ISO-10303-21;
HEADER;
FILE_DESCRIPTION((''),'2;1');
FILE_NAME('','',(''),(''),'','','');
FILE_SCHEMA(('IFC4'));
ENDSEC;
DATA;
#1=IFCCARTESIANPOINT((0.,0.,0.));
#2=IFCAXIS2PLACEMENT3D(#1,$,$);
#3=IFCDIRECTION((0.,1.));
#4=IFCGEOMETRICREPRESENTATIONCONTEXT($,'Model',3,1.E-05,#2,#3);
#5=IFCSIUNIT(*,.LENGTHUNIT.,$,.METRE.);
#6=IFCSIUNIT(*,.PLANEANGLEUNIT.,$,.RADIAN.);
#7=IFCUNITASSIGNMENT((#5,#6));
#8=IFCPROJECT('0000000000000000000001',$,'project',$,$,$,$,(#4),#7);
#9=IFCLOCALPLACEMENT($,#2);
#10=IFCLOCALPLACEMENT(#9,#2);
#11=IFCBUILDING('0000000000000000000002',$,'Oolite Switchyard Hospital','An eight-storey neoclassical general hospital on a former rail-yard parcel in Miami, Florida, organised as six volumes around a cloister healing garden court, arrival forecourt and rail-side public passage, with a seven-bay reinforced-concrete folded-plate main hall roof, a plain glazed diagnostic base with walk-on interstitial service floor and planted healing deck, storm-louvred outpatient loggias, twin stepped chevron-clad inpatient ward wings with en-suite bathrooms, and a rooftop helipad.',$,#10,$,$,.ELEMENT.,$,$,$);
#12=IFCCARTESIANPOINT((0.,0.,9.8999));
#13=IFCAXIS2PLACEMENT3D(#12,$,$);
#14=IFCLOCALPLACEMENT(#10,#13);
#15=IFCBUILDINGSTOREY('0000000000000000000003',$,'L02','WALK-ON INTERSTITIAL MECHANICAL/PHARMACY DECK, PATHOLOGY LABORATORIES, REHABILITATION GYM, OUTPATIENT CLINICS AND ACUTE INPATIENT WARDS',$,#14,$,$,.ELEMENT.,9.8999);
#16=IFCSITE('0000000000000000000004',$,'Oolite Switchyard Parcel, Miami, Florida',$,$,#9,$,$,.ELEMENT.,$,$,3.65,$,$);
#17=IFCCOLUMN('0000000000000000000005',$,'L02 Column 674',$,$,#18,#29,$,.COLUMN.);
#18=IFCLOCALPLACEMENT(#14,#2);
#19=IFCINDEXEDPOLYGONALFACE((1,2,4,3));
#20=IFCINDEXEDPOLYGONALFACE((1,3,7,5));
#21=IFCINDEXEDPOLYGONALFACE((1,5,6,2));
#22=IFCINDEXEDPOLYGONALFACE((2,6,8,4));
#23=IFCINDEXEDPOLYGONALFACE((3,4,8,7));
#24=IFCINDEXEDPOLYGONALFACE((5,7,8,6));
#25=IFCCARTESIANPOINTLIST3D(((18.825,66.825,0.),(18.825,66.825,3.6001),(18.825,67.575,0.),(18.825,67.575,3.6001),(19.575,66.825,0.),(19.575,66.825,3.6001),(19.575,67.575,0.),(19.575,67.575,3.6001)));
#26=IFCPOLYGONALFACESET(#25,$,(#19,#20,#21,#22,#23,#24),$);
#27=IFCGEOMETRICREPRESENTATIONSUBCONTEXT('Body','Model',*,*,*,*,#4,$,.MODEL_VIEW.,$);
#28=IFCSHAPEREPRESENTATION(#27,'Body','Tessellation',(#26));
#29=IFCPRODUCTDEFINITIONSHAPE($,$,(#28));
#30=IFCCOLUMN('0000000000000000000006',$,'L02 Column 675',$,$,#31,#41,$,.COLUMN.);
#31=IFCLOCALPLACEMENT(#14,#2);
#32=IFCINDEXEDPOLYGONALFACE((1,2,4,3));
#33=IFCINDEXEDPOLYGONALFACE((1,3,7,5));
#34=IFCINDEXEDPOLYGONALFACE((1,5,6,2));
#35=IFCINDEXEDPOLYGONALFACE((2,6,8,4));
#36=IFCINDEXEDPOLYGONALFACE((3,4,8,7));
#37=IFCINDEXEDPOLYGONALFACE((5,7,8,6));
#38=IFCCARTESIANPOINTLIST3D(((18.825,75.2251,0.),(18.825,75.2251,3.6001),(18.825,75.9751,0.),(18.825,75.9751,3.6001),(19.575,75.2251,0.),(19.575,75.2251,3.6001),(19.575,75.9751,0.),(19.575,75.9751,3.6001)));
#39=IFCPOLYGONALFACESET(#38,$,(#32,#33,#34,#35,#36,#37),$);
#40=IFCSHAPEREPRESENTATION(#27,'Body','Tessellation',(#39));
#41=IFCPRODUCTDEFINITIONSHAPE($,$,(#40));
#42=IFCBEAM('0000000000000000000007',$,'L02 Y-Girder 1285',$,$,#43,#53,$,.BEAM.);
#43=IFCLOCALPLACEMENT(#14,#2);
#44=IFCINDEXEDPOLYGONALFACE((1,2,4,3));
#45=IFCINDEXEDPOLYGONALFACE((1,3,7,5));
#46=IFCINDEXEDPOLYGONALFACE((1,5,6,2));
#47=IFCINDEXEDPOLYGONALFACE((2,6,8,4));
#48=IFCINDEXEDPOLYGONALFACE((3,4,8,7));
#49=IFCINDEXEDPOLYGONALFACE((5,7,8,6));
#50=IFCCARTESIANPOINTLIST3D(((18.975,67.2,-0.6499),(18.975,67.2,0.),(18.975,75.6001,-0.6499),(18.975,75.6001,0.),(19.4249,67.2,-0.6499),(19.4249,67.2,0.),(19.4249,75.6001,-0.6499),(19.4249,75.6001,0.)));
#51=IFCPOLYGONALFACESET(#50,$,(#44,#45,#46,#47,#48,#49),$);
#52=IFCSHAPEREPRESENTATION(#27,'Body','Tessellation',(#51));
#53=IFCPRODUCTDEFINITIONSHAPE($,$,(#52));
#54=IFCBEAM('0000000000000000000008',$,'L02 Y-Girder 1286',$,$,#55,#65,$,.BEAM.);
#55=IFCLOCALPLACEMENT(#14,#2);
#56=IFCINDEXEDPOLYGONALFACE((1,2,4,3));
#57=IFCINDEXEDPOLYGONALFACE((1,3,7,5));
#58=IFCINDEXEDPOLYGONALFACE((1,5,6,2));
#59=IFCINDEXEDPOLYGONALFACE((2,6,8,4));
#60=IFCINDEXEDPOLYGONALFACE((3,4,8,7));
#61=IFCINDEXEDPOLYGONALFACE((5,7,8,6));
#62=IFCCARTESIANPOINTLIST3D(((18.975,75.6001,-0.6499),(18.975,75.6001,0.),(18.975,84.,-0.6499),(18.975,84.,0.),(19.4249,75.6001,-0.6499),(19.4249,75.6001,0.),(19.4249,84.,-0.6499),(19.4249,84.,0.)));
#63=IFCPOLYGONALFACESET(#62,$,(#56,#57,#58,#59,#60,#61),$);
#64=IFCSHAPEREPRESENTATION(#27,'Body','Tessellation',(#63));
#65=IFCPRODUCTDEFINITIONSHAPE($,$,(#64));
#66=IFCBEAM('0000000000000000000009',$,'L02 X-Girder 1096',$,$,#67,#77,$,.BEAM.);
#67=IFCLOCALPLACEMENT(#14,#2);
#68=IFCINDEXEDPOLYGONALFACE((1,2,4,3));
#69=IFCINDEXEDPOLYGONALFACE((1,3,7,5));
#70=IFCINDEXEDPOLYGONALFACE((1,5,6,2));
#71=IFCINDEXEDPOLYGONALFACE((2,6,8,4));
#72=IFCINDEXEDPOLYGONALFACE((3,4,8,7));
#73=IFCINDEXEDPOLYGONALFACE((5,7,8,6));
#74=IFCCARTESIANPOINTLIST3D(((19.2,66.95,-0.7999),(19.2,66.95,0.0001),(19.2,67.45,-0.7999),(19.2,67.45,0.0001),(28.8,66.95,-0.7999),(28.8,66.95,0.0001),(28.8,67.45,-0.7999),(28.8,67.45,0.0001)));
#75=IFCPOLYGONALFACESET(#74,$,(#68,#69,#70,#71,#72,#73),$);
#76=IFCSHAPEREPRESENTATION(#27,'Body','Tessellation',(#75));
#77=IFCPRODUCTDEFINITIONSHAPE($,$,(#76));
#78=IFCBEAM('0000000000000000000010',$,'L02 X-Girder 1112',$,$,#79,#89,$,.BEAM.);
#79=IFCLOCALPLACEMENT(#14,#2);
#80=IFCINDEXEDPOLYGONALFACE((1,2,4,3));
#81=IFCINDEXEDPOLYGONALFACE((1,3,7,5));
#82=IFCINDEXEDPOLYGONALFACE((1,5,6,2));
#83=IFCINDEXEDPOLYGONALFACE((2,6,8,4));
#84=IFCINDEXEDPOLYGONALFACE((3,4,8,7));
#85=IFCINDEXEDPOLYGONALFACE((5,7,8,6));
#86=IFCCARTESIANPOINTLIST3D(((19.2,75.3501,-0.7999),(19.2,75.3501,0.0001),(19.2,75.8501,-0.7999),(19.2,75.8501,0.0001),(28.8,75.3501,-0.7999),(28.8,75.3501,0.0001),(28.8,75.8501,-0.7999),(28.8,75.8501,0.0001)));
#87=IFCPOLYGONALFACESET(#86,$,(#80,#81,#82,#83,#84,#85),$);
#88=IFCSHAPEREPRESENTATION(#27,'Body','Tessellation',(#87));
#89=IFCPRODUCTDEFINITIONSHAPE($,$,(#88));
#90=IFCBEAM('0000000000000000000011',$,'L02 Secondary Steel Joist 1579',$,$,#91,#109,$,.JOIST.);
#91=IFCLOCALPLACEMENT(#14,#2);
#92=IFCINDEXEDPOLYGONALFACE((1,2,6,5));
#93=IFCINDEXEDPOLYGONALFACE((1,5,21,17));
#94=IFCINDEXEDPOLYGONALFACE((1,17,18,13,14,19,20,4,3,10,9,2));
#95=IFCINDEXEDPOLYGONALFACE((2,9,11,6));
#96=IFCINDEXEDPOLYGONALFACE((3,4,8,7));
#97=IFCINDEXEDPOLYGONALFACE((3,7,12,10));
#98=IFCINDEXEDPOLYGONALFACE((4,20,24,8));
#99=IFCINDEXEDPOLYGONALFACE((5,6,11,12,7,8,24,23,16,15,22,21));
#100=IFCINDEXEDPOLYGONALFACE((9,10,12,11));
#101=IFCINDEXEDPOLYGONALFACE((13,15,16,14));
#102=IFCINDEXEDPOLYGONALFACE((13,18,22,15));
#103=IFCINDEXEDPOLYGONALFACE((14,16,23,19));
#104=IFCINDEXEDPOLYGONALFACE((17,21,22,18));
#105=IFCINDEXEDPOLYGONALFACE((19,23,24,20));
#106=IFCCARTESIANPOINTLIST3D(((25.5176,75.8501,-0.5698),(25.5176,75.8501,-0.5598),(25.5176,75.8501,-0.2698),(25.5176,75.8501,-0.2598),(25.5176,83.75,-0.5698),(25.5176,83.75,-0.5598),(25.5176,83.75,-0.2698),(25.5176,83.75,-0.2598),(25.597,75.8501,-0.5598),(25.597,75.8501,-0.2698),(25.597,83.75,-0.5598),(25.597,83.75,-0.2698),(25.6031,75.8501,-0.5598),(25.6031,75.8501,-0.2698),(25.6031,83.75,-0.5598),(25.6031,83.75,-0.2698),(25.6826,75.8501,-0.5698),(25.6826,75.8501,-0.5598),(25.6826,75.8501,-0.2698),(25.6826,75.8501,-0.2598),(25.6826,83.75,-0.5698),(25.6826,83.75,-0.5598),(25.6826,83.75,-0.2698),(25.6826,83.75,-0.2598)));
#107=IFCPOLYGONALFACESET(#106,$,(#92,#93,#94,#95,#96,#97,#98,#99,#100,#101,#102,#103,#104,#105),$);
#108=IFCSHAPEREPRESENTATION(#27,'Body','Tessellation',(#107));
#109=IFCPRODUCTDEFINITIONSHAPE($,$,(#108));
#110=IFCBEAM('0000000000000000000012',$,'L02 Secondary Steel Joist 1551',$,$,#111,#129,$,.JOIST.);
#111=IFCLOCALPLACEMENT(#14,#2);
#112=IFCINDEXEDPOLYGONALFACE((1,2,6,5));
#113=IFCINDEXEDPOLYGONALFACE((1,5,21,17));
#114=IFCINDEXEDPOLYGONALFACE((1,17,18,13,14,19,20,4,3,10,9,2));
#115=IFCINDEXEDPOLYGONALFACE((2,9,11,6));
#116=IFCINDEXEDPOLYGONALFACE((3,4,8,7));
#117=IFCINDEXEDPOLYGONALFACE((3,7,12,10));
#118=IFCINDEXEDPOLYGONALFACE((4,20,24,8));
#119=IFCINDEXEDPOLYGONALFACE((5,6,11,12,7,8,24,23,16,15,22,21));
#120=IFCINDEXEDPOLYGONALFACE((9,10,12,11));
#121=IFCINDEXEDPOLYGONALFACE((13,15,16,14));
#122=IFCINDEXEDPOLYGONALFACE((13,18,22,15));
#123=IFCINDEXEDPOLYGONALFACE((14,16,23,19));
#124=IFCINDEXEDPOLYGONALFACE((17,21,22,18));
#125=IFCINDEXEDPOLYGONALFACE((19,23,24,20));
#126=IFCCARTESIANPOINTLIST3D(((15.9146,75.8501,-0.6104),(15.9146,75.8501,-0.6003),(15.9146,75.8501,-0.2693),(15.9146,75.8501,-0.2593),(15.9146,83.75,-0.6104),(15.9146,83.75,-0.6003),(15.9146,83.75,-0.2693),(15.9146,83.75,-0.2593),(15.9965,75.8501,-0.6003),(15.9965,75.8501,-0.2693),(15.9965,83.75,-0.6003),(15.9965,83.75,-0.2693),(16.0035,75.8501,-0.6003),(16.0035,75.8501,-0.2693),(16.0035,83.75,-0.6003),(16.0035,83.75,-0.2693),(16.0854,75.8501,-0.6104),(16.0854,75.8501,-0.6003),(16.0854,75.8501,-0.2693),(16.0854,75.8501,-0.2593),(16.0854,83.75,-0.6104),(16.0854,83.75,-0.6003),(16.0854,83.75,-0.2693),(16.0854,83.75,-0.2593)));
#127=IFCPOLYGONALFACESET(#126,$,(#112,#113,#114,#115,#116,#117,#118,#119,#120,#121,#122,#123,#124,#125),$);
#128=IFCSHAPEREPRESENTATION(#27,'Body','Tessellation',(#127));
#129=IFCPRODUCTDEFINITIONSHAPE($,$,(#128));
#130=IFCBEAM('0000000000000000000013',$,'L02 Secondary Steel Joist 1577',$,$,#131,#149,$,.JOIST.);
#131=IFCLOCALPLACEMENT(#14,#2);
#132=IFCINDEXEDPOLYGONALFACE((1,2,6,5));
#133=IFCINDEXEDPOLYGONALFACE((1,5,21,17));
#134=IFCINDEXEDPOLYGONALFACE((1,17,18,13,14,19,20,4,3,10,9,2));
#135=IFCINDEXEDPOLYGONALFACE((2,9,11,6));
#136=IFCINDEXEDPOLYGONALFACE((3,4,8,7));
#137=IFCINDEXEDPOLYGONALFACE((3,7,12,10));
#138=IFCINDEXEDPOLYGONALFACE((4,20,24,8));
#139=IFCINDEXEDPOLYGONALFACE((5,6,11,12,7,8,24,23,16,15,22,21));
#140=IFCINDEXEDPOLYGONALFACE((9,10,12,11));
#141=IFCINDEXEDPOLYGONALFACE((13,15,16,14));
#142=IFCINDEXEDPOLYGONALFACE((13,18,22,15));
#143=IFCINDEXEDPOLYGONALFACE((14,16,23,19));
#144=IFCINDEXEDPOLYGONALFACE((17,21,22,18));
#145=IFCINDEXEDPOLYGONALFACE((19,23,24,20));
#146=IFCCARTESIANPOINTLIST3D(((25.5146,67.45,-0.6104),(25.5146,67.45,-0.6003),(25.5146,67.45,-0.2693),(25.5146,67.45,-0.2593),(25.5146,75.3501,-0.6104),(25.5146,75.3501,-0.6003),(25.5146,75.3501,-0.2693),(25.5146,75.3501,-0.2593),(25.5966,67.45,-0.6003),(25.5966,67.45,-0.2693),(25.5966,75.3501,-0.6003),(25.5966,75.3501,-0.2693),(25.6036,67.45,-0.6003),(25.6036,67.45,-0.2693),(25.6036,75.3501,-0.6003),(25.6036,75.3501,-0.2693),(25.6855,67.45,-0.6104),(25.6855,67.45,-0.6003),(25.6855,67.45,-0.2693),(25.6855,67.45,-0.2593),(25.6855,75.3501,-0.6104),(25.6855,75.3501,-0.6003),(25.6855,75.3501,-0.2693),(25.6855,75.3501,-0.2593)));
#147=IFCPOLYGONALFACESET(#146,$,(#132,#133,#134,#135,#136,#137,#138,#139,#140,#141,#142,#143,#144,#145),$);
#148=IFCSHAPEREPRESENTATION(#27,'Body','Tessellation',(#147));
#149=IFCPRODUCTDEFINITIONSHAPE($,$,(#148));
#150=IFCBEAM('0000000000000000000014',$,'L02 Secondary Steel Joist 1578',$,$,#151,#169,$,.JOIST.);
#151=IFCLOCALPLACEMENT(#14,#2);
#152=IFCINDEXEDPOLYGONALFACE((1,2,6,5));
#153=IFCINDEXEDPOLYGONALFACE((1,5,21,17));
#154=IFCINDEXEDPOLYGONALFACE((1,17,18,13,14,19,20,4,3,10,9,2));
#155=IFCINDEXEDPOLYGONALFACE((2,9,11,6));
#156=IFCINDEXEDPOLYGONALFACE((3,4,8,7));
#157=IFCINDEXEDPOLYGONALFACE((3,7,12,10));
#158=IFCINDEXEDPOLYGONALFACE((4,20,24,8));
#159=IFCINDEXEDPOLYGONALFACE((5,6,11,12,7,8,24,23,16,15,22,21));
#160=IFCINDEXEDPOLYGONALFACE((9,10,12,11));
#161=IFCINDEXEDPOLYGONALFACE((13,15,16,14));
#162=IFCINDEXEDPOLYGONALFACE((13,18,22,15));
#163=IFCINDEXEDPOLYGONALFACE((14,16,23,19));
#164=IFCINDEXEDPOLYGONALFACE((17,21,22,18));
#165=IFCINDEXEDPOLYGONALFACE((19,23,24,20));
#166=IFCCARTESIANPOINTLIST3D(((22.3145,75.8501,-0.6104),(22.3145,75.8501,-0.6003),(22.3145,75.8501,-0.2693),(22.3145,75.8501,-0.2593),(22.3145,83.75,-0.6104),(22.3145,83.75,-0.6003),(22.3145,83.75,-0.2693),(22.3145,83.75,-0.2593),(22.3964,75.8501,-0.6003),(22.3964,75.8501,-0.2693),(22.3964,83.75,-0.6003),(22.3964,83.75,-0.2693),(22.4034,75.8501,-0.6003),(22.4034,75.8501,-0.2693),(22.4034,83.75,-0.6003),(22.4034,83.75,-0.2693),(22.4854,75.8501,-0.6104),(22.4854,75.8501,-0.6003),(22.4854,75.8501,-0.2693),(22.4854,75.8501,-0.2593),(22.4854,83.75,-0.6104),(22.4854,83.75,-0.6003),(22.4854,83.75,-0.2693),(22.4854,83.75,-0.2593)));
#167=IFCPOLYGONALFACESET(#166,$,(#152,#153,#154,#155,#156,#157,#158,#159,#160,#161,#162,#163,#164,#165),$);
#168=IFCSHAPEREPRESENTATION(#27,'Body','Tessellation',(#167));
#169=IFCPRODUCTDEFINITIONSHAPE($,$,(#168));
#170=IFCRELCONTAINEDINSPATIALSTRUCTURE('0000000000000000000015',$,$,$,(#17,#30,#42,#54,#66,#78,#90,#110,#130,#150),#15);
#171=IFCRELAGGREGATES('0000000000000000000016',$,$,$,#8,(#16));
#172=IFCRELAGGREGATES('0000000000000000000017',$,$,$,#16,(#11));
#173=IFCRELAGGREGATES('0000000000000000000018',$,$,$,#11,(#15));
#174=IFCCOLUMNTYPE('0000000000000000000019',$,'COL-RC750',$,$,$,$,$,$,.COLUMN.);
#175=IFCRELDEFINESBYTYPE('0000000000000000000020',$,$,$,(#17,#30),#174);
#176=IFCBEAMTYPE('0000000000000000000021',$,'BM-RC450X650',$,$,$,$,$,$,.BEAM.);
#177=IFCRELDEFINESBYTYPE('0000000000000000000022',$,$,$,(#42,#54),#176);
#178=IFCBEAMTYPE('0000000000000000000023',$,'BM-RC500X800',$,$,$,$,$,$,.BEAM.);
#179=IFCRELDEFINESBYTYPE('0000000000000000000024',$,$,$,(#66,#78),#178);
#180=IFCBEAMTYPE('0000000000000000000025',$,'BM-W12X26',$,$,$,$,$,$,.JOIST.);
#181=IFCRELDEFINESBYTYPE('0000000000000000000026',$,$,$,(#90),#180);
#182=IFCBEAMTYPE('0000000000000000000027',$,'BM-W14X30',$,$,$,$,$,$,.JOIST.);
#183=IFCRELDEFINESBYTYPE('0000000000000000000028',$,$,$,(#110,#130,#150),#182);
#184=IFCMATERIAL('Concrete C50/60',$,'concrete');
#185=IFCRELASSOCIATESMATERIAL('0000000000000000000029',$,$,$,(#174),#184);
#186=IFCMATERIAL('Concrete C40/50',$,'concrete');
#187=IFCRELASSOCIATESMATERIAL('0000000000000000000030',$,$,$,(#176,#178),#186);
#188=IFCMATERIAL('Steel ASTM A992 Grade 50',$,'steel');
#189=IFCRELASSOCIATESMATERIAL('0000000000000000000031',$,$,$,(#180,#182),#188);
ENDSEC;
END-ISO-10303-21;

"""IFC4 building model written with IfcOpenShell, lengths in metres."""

from ifc_helpers import new_model, si_unit, direction, frame, origin, origin_2d, place, context, subcontext, project, spatial, rectangle, i_section, extrude, material, material_profile, profile_set, type_object, element, save


model = new_model("IFC4")

# Units and contexts
model_context = context("Model", 3, precision=1e-05, world=origin(), true_north=direction((0.0, 1.0)))
body_context = subcontext(model_context, "Body", "Model", "MODEL_VIEW")
ifc_project = project(units=[si_unit("LENGTHUNIT", "METRE"), si_unit("PLANEANGLEUNIT", "RADIAN")], contexts=[model_context])

# Site, building, storey
site_placement = place(None, origin())
site = spatial("IfcSite", under=ifc_project, at=site_placement, Name="Oolite Switchyard Parcel, Miami, Florida", CompositionType="ELEMENT", RefElevation=3.65)
building_placement = place(site_placement, origin())
building = spatial("IfcBuilding", under=site, at=building_placement, Name="Oolite Switchyard Hospital", Description="An eight-storey neoclassical general hospital on a former rail-yard parcel in Miami, Florida, organised as six volumes around a cloister healing garden court, arrival forecourt and rail-side public passage, with a seven-bay reinforced-concrete folded-plate main hall roof, a plain glazed diagnostic base with walk-on interstitial service floor and planted healing deck, storm-louvred outpatient loggias, twin stepped chevron-clad inpatient ward wings with en-suite bathrooms, and a rooftop helipad.", CompositionType="ELEMENT")
storey_placement = place(building_placement, frame((0.0, 0.0, 9.8999)))
storey = spatial("IfcBuildingStorey", under=building, at=storey_placement, Name="L02", Description="WALK-ON INTERSTITIAL MECHANICAL/PHARMACY DECK, PATHOLOGY LABORATORIES, REHABILITATION GYM, OUTPATIENT CLINICS AND ACUTE INPATIENT WARDS", CompositionType="ELEMENT", Elevation=9.8999)

# Columns
ifc_material_1 = material(Name="Concrete C50/60", Category="concrete")
ifc_material_profile_1 = material_profile(ifc_material_1, rectangle(XDim=0.75, YDim=0.75, at=origin_2d()), Name="RC750X750")
ifc_profile_set_1 = profile_set([ifc_material_profile_1], Name="Concrete C50/60")
column_type = type_object("IfcColumnType", Name="COL-RC750", PredefinedType="COLUMN", material=ifc_profile_set_1)
for number, where, z_axis, x_axis, name in (
    (1, (19.2, 67.2, 0.0), (0.0, 0.0, 1.0), (1.0, 0.0, 0.0), "L02 Column 674"),
    (2, (19.2, 75.6001, 0.0), (0.0, 0.0, 1.0), (1.0, 0.0, 0.0), "L02 Column 675"),
):
    element("IfcColumn", number, at=place(storey_placement, frame(where, z_axis=z_axis, x_axis=x_axis)), inside=storey, type_object=column_type, Name=name, PredefinedType="COLUMN", context=body_context, shape_type="SweptSolid", body=[
        extrude(rectangle(XDim=0.75, YDim=0.75, at=origin_2d()), origin(), (0.0, 0.0, 1.0), 3.6001),
    ])

# Beams
ifc_material_2 = material(Name="Concrete C40/50", Category="concrete")
ifc_material_profile_2 = material_profile(ifc_material_2, rectangle(XDim=0.45, YDim=0.6499, at=origin_2d()), Name="RCB450X650")
ifc_profile_set_2 = profile_set([ifc_material_profile_2], Name="Concrete C40/50")
beam_type_1 = type_object("IfcBeamType", Name="BM-RC450X650", PredefinedType="BEAM", material=ifc_profile_set_2)
beam_1_placement = place(storey_placement, frame((19.2, 67.2, -0.325), z_axis=(0.0, 1.0, 0.0), x_axis=(-1.0, 0.0, 0.0)))
element("IfcBeam", 3, at=beam_1_placement, inside=storey, type_object=beam_type_1, Name="L02 Y-Girder 1285", PredefinedType="BEAM", context=body_context, shape_type="SweptSolid", body=[
    extrude(rectangle(XDim=0.45, YDim=0.6499, at=origin_2d()), origin(), (0.0, 0.0, 1.0), 8.4001),
])
beam_2_placement = place(storey_placement, frame((19.2, 75.6001, -0.325), z_axis=(0.0, 1.0, 0.0), x_axis=(-1.0, 0.0, 0.0)))
element("IfcBeam", 4, at=beam_2_placement, inside=storey, type_object=beam_type_1, Name="L02 Y-Girder 1286", PredefinedType="BEAM", context=body_context, shape_type="SweptSolid", body=[
    extrude(rectangle(XDim=0.45, YDim=0.6499, at=origin_2d()), origin(), (0.0, 0.0, 1.0), 8.3999),
])
ifc_material_profile_3 = material_profile(ifc_material_2, rectangle(XDim=0.5, YDim=0.8, at=origin_2d()), Name="RCB500X800")
ifc_profile_set_3 = profile_set([ifc_material_profile_3], Name="Concrete C40/50")
beam_type_2 = type_object("IfcBeamType", Name="BM-RC500X800", PredefinedType="BEAM", material=ifc_profile_set_3)
for number, where, z_axis, x_axis, name in (
    (5, (19.2, 67.2, -0.3999), (1.0, 0.0, 0.0), (0.0, 1.0, 0.0), "L02 X-Girder 1096"),
    (6, (19.2, 75.6001, -0.3999), (1.0, 0.0, 0.0), (0.0, 1.0, 0.0), "L02 X-Girder 1112"),
):
    element("IfcBeam", number, at=place(storey_placement, frame(where, z_axis=z_axis, x_axis=x_axis)), inside=storey, type_object=beam_type_2, Name=name, PredefinedType="BEAM", context=body_context, shape_type="SweptSolid", body=[
        extrude(rectangle(XDim=0.5, YDim=0.8, at=origin_2d()), origin(), (0.0, 0.0, 1.0), 9.6001),
    ])
ifc_material_3 = material(Name="Steel ASTM A992 Grade 50", Category="steel")
ifc_material_profile_4 = material_profile(ifc_material_3, i_section(OverallWidth=0.165, OverallDepth=0.3101, WebThickness=0.0061, FlangeThickness=0.01, at=origin_2d()), Name="W12X26")
ifc_profile_set_4 = profile_set([ifc_material_profile_4], Name="Steel ASTM A992 Grade 50")
beam_type_3 = type_object("IfcBeamType", Name="BM-W12X26", PredefinedType="JOIST", material=ifc_profile_set_4)
beam_3_placement = place(storey_placement, frame((25.6001, 75.8501, -0.4148), z_axis=(0.0, 1.0, 0.0), x_axis=(-1.0, 0.0, 0.0)))
element("IfcBeam", 7, at=beam_3_placement, inside=storey, type_object=beam_type_3, Name="L02 Secondary Steel Joist 1579", PredefinedType="JOIST", context=body_context, shape_type="SweptSolid", body=[
    extrude(i_section(OverallWidth=0.165, OverallDepth=0.3101, WebThickness=0.0061, FlangeThickness=0.01, at=origin_2d()), origin(), (0.0, 0.0, 1.0), 7.8999),
])
ifc_material_profile_5 = material_profile(ifc_material_3, i_section(OverallWidth=0.1709, OverallDepth=0.3511, WebThickness=0.0071, FlangeThickness=0.01, at=origin_2d()), Name="W14X30")
ifc_profile_set_5 = profile_set([ifc_material_profile_5], Name="Steel ASTM A992 Grade 50")
beam_type_4 = type_object("IfcBeamType", Name="BM-W14X30", PredefinedType="JOIST", material=ifc_profile_set_5)
beam_4_placement = place(storey_placement, frame((16.0, 75.8501, -0.4348), z_axis=(0.0, 1.0, 0.0), x_axis=(-1.0, 0.0, 0.0)))
element("IfcBeam", 8, at=beam_4_placement, inside=storey, type_object=beam_type_4, Name="L02 Secondary Steel Joist 1551", PredefinedType="JOIST", context=body_context, shape_type="SweptSolid", body=[
    extrude(i_section(OverallWidth=0.1709, OverallDepth=0.3511, WebThickness=0.0071, FlangeThickness=0.01, at=origin_2d()), origin(), (0.0, 0.0, 1.0), 7.8999),
])
beam_5_placement = place(storey_placement, frame((25.6001, 67.45, -0.4348), z_axis=(0.0, 1.0, 0.0), x_axis=(-1.0, 0.0, 0.0)))
element("IfcBeam", 9, at=beam_5_placement, inside=storey, type_object=beam_type_4, Name="L02 Secondary Steel Joist 1577", PredefinedType="JOIST", context=body_context, shape_type="SweptSolid", body=[
    extrude(i_section(OverallWidth=0.1709, OverallDepth=0.3511, WebThickness=0.0071, FlangeThickness=0.01, at=origin_2d()), origin(), (0.0, 0.0, 1.0), 7.9001),
])
beam_6_placement = place(storey_placement, frame((22.3999, 75.8501, -0.4348), z_axis=(0.0, 1.0, 0.0), x_axis=(-1.0, 0.0, 0.0)))
element("IfcBeam", 10, at=beam_6_placement, inside=storey, type_object=beam_type_4, Name="L02 Secondary Steel Joist 1578", PredefinedType="JOIST", context=body_context, shape_type="SweptSolid", body=[
    extrude(i_section(OverallWidth=0.1709, OverallDepth=0.3511, WebThickness=0.0071, FlangeThickness=0.01, at=origin_2d()), origin(), (0.0, 0.0, 1.0), 7.8999),
])

save(model, "model.ifc")
